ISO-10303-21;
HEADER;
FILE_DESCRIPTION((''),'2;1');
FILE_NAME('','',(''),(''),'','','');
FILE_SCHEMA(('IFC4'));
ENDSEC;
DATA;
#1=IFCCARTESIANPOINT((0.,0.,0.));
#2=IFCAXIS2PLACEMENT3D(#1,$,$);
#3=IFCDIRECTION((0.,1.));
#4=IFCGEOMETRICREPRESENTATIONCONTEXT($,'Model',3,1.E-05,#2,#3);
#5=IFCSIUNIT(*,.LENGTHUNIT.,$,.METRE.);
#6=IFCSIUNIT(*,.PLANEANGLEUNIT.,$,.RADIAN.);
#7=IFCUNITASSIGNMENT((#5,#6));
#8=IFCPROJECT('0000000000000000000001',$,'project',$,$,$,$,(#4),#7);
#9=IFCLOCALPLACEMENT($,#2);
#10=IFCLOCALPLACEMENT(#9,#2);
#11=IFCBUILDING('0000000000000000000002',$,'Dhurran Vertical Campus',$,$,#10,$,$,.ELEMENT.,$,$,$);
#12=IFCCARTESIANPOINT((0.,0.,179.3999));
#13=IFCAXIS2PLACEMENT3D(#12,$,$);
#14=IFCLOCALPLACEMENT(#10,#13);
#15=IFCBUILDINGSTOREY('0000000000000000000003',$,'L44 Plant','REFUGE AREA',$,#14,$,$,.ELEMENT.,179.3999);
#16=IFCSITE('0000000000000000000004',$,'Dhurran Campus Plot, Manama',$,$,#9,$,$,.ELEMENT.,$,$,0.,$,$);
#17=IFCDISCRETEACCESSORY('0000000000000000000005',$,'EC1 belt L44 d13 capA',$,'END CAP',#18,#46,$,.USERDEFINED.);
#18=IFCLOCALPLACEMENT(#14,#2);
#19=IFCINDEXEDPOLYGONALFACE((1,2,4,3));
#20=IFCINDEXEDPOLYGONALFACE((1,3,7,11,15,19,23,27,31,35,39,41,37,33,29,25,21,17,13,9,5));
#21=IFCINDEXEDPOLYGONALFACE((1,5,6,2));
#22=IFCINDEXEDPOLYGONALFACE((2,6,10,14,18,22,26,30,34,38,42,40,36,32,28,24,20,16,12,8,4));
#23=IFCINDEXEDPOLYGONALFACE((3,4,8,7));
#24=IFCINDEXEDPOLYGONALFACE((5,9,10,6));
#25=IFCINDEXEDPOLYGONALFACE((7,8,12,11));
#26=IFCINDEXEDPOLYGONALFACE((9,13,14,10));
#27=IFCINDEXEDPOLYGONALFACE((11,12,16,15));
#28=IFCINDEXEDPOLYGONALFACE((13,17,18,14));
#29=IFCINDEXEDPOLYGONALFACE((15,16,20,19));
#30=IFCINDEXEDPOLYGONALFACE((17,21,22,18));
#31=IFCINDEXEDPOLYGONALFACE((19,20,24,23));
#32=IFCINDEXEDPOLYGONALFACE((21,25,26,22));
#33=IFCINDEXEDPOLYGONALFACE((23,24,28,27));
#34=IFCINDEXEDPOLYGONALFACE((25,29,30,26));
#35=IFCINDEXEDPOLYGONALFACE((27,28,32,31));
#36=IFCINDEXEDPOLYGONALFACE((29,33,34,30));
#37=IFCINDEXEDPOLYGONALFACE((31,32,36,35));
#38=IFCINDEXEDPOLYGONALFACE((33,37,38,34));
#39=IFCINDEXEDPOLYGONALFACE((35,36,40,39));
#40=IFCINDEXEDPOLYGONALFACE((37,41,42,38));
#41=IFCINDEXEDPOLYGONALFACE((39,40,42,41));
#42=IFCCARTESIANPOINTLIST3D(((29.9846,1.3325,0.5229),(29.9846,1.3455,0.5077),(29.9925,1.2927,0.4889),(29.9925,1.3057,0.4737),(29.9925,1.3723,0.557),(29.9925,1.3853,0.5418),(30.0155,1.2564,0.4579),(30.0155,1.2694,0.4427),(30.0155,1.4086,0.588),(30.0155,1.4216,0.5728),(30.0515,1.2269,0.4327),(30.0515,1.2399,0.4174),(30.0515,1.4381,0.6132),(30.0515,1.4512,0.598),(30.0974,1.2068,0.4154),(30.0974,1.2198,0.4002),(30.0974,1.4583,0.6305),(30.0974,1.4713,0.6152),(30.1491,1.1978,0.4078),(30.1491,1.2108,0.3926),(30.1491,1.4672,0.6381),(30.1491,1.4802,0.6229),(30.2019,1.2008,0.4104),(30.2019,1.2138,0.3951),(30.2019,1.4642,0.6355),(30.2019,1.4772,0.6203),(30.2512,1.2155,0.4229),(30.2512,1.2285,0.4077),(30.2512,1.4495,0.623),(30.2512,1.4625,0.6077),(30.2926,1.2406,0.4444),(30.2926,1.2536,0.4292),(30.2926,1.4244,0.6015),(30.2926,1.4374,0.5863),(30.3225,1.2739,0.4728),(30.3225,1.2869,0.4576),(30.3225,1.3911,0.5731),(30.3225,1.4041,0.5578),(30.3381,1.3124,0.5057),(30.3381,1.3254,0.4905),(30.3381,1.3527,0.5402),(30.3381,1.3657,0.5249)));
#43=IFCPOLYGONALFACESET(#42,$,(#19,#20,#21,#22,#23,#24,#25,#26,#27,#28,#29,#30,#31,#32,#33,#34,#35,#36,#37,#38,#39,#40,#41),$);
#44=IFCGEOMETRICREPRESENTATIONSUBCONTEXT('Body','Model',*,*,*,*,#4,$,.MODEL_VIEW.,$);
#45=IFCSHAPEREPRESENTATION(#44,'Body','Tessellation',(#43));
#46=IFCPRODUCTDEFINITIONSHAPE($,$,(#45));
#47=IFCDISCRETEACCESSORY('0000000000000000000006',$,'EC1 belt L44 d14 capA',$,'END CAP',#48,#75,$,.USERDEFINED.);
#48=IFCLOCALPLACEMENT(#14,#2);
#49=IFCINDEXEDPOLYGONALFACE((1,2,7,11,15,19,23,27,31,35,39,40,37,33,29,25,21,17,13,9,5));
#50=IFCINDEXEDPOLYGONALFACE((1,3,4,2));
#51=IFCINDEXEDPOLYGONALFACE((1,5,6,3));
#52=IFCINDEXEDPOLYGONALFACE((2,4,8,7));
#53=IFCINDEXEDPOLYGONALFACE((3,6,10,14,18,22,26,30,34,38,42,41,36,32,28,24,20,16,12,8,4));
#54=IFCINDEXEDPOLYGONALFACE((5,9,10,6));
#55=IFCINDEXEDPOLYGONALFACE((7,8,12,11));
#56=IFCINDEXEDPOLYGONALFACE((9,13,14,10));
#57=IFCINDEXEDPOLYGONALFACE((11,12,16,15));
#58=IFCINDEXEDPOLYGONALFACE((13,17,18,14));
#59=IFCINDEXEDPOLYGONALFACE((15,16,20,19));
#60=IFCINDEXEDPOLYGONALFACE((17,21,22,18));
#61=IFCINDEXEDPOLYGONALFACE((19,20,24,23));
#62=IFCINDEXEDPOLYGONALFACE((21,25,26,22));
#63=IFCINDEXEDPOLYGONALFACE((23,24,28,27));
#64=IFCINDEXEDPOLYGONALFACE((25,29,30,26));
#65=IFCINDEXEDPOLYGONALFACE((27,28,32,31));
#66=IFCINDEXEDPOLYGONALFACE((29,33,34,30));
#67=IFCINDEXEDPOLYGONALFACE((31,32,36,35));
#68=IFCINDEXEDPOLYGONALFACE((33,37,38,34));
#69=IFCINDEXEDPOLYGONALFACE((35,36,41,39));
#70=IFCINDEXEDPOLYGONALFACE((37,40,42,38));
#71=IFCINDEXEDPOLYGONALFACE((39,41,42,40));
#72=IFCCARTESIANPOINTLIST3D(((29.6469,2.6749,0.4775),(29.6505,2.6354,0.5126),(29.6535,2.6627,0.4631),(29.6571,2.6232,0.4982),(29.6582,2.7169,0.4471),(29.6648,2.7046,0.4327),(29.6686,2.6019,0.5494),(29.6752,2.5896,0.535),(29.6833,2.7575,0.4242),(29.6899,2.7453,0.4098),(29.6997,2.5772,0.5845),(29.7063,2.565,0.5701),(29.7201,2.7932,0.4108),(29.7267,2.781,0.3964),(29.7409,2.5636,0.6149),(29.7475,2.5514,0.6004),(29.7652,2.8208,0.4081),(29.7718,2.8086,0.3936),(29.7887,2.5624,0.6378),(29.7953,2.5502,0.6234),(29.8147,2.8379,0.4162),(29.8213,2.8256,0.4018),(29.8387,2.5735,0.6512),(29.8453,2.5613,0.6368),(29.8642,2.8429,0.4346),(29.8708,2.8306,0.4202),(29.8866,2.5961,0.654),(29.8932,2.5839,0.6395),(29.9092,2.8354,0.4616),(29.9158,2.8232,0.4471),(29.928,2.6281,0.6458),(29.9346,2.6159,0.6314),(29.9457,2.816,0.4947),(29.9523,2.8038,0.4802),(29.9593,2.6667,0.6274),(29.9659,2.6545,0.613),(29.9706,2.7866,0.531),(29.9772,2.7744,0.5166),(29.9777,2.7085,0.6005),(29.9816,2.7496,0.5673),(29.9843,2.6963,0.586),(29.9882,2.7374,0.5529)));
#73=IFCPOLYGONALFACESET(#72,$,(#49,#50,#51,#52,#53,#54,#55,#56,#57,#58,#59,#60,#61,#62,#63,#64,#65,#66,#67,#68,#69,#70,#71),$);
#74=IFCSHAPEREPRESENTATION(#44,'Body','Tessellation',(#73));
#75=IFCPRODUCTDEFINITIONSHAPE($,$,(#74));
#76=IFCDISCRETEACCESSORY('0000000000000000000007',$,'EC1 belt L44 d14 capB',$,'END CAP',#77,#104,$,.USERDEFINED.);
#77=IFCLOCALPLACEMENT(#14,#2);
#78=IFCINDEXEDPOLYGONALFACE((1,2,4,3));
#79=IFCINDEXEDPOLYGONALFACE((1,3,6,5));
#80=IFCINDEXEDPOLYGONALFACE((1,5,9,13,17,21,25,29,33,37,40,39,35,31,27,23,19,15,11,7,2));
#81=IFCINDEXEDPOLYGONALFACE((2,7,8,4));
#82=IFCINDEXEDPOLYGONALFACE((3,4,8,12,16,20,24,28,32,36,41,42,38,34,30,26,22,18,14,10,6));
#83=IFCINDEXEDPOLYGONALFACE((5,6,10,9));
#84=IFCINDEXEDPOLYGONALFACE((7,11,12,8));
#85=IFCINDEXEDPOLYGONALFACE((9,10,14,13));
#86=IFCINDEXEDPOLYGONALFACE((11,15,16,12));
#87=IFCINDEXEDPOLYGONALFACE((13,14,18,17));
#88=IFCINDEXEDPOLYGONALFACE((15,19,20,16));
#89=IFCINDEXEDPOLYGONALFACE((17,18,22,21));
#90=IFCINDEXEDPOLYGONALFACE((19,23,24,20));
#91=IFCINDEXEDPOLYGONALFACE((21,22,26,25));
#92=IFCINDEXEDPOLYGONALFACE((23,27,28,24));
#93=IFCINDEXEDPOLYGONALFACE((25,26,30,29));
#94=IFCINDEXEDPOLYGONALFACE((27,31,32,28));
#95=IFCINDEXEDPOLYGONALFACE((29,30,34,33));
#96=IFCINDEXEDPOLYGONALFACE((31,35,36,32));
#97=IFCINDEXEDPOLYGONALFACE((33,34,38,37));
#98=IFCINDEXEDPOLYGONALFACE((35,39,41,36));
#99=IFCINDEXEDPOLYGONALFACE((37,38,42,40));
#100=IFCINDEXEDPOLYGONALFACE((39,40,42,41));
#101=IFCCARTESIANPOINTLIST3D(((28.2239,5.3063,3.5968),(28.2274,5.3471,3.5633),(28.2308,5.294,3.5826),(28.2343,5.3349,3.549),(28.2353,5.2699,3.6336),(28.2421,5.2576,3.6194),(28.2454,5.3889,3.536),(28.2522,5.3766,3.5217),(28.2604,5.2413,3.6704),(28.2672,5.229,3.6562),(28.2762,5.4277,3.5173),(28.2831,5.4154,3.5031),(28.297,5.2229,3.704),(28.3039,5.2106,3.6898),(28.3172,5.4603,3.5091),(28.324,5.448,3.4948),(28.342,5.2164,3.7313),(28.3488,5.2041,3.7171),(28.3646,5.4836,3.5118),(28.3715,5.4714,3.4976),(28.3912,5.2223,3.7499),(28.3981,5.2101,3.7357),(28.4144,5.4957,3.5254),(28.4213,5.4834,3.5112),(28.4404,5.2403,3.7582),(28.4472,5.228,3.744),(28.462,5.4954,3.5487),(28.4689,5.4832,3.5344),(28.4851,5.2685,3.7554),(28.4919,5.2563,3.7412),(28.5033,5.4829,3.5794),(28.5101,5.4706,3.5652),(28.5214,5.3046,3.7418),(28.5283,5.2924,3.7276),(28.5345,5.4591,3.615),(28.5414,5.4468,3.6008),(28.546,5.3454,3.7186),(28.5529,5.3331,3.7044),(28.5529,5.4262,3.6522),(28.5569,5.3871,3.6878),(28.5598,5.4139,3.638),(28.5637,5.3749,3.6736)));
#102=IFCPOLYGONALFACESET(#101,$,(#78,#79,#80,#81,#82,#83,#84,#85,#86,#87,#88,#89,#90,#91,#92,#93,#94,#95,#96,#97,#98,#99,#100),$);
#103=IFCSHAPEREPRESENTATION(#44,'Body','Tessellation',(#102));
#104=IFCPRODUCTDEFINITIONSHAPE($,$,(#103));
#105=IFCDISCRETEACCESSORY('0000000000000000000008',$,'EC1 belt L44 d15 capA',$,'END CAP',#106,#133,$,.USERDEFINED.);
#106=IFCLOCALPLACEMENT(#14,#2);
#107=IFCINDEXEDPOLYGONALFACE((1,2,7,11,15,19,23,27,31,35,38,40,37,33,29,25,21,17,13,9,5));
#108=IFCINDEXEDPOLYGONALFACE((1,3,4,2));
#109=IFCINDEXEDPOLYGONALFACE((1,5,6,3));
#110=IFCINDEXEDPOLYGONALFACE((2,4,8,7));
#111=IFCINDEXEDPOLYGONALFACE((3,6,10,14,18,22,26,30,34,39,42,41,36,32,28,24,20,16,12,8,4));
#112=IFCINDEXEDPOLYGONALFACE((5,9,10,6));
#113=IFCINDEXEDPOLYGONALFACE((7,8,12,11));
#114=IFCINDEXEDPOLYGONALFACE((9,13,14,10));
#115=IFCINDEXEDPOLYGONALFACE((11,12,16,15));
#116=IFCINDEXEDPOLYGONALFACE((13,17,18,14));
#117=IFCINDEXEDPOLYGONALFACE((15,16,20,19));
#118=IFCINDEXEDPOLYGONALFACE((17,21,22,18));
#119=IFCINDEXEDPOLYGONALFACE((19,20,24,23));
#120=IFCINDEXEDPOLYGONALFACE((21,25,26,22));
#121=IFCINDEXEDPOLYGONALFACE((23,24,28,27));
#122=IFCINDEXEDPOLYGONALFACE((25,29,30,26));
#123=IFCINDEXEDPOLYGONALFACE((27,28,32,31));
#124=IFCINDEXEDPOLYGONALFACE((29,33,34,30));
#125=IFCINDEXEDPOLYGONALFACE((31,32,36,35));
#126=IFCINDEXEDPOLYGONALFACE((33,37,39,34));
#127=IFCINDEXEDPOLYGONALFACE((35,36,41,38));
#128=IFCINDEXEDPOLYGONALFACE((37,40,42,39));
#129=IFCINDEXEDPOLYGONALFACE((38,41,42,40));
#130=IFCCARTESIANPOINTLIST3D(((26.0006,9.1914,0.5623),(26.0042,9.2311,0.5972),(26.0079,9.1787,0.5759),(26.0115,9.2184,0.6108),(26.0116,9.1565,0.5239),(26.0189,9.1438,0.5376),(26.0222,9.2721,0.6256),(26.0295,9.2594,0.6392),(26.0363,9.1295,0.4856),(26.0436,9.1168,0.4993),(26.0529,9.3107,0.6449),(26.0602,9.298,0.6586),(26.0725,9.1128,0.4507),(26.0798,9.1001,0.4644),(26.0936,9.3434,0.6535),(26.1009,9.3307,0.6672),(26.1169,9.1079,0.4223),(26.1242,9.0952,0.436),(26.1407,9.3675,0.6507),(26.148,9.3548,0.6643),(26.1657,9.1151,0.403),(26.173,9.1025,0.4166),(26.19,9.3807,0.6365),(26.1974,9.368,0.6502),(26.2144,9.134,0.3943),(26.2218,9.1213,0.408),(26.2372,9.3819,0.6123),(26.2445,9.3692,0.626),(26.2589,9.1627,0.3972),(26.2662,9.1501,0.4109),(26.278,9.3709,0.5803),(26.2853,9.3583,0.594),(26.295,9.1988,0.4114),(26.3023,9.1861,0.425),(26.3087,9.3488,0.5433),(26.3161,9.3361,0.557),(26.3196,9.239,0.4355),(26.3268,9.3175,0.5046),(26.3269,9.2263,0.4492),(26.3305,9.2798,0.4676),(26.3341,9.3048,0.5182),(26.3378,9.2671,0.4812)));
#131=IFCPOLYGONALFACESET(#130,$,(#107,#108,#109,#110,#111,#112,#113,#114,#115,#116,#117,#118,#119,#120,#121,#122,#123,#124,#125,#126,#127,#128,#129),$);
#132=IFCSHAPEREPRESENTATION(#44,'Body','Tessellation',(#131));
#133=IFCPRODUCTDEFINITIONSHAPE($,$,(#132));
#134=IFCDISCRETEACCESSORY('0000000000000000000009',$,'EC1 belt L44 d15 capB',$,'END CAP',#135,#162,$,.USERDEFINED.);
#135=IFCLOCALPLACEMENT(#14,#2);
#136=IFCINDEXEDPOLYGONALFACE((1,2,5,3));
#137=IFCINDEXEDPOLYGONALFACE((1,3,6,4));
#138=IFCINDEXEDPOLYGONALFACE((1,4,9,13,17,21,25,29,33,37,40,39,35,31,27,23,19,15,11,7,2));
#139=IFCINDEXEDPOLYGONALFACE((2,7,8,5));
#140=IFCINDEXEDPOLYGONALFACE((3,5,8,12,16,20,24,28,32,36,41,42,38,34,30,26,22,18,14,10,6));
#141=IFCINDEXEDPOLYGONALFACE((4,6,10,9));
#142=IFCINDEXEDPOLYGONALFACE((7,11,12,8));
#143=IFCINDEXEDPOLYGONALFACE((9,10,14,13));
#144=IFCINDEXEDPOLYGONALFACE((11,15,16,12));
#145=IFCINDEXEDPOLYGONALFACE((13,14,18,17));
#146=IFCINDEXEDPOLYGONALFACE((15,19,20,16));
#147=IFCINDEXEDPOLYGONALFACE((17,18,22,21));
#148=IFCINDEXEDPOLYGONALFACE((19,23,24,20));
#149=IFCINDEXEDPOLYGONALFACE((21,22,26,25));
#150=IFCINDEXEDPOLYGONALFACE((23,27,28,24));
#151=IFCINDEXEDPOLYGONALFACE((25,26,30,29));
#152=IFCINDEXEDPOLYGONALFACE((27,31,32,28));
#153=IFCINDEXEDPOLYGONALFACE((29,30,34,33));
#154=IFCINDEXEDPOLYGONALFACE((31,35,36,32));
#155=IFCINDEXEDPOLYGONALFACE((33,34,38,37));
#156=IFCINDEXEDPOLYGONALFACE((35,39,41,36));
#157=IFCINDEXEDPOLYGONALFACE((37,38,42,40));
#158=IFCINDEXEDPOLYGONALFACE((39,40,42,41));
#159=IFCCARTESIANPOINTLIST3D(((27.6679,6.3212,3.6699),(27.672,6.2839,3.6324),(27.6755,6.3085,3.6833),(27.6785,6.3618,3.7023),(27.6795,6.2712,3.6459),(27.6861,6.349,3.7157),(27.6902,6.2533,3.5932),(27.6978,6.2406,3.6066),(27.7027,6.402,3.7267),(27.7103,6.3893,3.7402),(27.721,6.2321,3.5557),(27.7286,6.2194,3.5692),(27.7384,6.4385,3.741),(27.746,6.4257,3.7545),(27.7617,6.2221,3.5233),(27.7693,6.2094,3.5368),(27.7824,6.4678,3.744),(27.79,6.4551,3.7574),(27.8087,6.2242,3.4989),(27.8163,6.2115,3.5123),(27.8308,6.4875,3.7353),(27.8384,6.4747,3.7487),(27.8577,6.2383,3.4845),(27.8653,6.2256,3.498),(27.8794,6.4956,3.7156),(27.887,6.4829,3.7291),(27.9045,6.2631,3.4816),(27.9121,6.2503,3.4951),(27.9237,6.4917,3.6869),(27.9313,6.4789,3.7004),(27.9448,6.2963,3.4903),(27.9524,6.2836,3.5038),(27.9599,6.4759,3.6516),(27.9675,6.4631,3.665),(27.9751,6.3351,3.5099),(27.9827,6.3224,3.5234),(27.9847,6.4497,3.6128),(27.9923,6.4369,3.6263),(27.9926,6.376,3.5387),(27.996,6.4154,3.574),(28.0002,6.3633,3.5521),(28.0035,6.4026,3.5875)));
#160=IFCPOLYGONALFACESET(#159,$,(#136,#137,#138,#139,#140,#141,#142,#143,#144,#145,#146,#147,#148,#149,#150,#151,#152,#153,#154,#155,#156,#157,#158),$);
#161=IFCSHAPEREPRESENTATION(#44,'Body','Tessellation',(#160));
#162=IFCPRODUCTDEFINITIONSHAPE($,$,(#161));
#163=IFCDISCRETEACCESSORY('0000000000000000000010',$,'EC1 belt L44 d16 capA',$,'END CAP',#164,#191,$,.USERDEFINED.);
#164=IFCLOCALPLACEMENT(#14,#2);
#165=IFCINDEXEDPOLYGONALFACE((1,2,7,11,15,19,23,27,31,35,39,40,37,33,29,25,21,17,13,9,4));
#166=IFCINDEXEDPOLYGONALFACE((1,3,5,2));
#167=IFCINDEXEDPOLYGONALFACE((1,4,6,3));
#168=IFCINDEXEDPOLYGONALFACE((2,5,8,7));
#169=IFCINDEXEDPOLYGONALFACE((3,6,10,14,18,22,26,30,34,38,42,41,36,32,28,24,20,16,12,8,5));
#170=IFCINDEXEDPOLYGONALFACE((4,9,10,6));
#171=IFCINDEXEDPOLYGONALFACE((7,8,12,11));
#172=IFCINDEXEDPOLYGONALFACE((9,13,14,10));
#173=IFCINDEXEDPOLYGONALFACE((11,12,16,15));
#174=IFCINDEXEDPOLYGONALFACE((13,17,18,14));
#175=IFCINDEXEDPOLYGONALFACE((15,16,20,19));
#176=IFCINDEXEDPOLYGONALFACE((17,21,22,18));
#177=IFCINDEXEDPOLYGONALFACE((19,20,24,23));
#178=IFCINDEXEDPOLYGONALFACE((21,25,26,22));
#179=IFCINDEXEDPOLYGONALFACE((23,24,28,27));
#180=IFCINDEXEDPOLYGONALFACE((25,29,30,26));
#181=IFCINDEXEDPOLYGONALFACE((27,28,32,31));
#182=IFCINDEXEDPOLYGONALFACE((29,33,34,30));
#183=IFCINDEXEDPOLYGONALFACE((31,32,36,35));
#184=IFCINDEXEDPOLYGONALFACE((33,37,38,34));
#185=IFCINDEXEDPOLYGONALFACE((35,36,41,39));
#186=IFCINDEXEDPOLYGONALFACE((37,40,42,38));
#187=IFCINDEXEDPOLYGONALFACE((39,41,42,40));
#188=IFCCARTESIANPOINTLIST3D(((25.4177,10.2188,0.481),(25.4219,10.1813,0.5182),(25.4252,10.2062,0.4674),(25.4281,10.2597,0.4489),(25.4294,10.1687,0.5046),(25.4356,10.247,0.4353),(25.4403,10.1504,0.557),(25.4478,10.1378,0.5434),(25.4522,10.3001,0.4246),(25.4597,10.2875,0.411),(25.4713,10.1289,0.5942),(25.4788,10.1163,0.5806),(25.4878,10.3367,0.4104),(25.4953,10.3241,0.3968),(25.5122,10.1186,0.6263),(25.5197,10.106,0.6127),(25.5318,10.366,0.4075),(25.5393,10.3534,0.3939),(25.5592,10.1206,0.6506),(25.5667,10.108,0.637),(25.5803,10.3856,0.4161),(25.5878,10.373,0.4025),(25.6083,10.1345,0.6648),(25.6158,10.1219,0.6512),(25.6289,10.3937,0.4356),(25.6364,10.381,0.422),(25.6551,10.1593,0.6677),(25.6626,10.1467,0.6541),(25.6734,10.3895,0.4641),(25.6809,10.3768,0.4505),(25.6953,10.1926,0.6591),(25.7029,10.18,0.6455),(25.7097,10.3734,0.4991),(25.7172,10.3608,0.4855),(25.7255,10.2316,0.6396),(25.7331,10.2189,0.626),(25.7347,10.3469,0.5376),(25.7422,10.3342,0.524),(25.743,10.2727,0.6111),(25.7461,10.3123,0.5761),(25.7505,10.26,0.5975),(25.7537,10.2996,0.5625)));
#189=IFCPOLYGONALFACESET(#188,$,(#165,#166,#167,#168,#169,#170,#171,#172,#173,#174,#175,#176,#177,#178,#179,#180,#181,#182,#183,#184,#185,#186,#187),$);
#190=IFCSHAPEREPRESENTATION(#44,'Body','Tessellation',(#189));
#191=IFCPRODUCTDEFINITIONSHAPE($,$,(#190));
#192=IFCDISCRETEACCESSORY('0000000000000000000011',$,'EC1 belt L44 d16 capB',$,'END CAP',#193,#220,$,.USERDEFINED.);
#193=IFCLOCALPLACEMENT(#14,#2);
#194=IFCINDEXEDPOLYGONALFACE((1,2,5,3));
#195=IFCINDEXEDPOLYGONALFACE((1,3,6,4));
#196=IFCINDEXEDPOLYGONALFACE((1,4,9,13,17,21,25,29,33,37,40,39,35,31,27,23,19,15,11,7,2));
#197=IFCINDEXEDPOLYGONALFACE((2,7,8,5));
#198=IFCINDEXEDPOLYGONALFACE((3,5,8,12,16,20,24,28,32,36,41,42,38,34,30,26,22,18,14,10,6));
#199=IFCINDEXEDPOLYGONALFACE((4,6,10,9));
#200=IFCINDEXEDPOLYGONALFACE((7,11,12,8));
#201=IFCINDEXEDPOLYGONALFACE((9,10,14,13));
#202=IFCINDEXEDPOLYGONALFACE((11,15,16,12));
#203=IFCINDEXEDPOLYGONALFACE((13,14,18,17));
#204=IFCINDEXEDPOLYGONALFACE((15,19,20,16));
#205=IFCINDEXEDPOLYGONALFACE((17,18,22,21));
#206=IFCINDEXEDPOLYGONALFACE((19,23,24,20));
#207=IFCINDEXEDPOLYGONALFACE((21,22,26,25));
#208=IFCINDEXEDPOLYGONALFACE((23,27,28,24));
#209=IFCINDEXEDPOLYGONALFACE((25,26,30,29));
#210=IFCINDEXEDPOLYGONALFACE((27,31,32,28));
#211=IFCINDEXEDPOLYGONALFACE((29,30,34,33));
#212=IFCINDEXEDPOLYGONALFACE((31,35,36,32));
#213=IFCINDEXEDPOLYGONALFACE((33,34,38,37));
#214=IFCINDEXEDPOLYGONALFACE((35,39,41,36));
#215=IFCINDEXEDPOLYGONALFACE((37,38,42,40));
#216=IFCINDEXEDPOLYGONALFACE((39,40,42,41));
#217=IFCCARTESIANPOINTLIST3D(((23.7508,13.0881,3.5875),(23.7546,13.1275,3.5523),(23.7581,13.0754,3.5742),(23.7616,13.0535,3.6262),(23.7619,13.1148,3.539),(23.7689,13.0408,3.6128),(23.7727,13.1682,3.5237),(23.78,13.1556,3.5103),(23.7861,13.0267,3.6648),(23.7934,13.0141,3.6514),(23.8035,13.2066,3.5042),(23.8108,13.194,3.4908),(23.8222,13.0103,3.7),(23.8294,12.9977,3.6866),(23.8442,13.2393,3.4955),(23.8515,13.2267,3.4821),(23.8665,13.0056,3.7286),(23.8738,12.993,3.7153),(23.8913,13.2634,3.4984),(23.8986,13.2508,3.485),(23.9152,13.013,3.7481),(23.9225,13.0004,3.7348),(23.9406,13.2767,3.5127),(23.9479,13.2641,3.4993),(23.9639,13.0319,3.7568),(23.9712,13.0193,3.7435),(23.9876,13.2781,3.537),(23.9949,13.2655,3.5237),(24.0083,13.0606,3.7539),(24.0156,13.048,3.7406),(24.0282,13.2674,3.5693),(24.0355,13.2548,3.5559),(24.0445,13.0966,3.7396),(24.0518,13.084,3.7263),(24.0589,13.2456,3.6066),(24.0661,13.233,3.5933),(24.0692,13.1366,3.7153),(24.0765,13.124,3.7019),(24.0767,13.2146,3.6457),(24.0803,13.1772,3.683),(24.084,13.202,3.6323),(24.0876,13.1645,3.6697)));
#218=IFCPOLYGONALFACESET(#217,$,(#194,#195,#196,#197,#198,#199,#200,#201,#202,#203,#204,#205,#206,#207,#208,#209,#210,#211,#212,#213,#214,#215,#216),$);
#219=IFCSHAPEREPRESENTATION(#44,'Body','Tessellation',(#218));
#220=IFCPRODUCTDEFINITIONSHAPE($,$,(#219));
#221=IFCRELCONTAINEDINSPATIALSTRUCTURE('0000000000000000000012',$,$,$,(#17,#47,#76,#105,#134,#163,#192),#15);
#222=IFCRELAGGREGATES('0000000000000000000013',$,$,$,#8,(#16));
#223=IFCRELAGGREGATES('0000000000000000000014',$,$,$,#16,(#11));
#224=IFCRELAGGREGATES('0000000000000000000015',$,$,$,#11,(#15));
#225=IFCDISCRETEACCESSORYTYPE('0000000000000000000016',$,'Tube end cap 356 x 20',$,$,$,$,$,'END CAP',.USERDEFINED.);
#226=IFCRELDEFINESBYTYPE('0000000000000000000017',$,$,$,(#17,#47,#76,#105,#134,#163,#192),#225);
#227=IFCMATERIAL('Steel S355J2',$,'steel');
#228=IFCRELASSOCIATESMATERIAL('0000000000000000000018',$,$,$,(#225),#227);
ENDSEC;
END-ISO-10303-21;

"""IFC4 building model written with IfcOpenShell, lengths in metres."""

from ifc_helpers import new_model, si_unit, direction, frame, origin, origin_2d, place, context, subcontext, project, spatial, circle, extrude, material, material_profile, profile_set, type_object, element, save


model = new_model("IFC4")

# Units and contexts
model_context = context("Model", 3, precision=1e-05, world=origin(), true_north=direction((0.0, 1.0)))
body_context = subcontext(model_context, "Body", "Model", "MODEL_VIEW")
ifc_project = project(units=[si_unit("LENGTHUNIT", "METRE"), si_unit("PLANEANGLEUNIT", "RADIAN")], contexts=[model_context])

# Site, building, storey
site_placement = place(None, origin())
site = spatial("IfcSite", under=ifc_project, at=site_placement, Name="Dhurran Campus Plot, Manama", CompositionType="ELEMENT", RefElevation=0.0)
building_placement = place(site_placement, origin())
building = spatial("IfcBuilding", under=site, at=building_placement, Name="Dhurran Vertical Campus", CompositionType="ELEMENT")
storey_placement = place(building_placement, frame((0.0, 0.0, 179.3999)))
storey = spatial("IfcBuildingStorey", under=building, at=storey_placement, Name="L44 Plant", Description="REFUGE AREA", CompositionType="ELEMENT", Elevation=179.3999)

# Discrete accessories
ifc_material_1 = material(Name="Steel S355J2", Category="steel")
ifc_material_profile_1 = material_profile(ifc_material_1, circle(Radius=0.1777, at=origin_2d()), Name="Tube end cap 356 x 20")
ifc_profile_set_1 = profile_set([ifc_material_profile_1], Name="Steel S355J2")
discrete_accessory_type = type_object("IfcDiscreteAccessoryType", Name="Tube end cap 356 x 20", ElementType="END CAP", PredefinedType="USERDEFINED", material=ifc_profile_set_1)
for number, where, z_axis, x_axis, name in (
    (1, (30.1624, 1.3325, 0.5229), (0.0, 0.649781, -0.760121), (-1.0, 0.0, 0.0), "EC1 belt L44 d13 capA"),
    (2, (29.8142, 2.7021, 0.531), (0.329612, -0.610392, -0.720262), (0.879905, 0.475149, 0.0), "EC1 belt L44 d14 capA"),
    (3, (28.3972, 5.3445, 3.6194), (-0.34341, 0.613232, 0.711349), (-0.872506, -0.488603, 0.0), "EC1 belt L44 d14 capB"),
    (4, (26.1729, 9.2327, 0.5376), (-0.365419, 0.633393, -0.682116), (-0.866186, -0.499722, 0.0), "EC1 belt L44 d15 capA"),
    (5, (27.832, 6.3586, 3.6128), (0.379008, -0.635756, 0.672434), (0.858947, 0.512065, 0.0), "EC1 belt L44 d15 capB"),
    (6, (25.582, 10.2559, 0.5376), (0.375903, -0.630546, -0.67905), (0.858947, 0.512065, 0.0), "EC1 belt L44 d16 capA"),
):
    element("IfcDiscreteAccessory", number, at=place(storey_placement, frame(where, z_axis=z_axis, x_axis=x_axis)), inside=storey, type_object=discrete_accessory_type, Name=name, ObjectType="END CAP", PredefinedType="USERDEFINED", context=body_context, shape_type="SweptSolid", body=[
        extrude(circle(Radius=0.1777, at=origin_2d()), origin(), (0.0, 0.0, 1.0), 0.02),
    ])
discrete_accessory_placement = place(storey_placement, frame((23.9229, 13.1296, 3.6128), z_axis=(-0.368466, 0.638674, 0.675521), x_axis=(-0.866186, -0.499722, 0.0)))
element("IfcDiscreteAccessory", 7, at=discrete_accessory_placement, inside=storey, type_object=discrete_accessory_type, Name="EC1 belt L44 d16 capB", ObjectType="END CAP", PredefinedType="USERDEFINED", context=body_context, shape_type="SweptSolid", body=[
    extrude(circle(Radius=0.1777, at=origin_2d()), origin(), (0.0, 0.0, 1.0), 0.0198),
])

save(model, "model.ifc")
